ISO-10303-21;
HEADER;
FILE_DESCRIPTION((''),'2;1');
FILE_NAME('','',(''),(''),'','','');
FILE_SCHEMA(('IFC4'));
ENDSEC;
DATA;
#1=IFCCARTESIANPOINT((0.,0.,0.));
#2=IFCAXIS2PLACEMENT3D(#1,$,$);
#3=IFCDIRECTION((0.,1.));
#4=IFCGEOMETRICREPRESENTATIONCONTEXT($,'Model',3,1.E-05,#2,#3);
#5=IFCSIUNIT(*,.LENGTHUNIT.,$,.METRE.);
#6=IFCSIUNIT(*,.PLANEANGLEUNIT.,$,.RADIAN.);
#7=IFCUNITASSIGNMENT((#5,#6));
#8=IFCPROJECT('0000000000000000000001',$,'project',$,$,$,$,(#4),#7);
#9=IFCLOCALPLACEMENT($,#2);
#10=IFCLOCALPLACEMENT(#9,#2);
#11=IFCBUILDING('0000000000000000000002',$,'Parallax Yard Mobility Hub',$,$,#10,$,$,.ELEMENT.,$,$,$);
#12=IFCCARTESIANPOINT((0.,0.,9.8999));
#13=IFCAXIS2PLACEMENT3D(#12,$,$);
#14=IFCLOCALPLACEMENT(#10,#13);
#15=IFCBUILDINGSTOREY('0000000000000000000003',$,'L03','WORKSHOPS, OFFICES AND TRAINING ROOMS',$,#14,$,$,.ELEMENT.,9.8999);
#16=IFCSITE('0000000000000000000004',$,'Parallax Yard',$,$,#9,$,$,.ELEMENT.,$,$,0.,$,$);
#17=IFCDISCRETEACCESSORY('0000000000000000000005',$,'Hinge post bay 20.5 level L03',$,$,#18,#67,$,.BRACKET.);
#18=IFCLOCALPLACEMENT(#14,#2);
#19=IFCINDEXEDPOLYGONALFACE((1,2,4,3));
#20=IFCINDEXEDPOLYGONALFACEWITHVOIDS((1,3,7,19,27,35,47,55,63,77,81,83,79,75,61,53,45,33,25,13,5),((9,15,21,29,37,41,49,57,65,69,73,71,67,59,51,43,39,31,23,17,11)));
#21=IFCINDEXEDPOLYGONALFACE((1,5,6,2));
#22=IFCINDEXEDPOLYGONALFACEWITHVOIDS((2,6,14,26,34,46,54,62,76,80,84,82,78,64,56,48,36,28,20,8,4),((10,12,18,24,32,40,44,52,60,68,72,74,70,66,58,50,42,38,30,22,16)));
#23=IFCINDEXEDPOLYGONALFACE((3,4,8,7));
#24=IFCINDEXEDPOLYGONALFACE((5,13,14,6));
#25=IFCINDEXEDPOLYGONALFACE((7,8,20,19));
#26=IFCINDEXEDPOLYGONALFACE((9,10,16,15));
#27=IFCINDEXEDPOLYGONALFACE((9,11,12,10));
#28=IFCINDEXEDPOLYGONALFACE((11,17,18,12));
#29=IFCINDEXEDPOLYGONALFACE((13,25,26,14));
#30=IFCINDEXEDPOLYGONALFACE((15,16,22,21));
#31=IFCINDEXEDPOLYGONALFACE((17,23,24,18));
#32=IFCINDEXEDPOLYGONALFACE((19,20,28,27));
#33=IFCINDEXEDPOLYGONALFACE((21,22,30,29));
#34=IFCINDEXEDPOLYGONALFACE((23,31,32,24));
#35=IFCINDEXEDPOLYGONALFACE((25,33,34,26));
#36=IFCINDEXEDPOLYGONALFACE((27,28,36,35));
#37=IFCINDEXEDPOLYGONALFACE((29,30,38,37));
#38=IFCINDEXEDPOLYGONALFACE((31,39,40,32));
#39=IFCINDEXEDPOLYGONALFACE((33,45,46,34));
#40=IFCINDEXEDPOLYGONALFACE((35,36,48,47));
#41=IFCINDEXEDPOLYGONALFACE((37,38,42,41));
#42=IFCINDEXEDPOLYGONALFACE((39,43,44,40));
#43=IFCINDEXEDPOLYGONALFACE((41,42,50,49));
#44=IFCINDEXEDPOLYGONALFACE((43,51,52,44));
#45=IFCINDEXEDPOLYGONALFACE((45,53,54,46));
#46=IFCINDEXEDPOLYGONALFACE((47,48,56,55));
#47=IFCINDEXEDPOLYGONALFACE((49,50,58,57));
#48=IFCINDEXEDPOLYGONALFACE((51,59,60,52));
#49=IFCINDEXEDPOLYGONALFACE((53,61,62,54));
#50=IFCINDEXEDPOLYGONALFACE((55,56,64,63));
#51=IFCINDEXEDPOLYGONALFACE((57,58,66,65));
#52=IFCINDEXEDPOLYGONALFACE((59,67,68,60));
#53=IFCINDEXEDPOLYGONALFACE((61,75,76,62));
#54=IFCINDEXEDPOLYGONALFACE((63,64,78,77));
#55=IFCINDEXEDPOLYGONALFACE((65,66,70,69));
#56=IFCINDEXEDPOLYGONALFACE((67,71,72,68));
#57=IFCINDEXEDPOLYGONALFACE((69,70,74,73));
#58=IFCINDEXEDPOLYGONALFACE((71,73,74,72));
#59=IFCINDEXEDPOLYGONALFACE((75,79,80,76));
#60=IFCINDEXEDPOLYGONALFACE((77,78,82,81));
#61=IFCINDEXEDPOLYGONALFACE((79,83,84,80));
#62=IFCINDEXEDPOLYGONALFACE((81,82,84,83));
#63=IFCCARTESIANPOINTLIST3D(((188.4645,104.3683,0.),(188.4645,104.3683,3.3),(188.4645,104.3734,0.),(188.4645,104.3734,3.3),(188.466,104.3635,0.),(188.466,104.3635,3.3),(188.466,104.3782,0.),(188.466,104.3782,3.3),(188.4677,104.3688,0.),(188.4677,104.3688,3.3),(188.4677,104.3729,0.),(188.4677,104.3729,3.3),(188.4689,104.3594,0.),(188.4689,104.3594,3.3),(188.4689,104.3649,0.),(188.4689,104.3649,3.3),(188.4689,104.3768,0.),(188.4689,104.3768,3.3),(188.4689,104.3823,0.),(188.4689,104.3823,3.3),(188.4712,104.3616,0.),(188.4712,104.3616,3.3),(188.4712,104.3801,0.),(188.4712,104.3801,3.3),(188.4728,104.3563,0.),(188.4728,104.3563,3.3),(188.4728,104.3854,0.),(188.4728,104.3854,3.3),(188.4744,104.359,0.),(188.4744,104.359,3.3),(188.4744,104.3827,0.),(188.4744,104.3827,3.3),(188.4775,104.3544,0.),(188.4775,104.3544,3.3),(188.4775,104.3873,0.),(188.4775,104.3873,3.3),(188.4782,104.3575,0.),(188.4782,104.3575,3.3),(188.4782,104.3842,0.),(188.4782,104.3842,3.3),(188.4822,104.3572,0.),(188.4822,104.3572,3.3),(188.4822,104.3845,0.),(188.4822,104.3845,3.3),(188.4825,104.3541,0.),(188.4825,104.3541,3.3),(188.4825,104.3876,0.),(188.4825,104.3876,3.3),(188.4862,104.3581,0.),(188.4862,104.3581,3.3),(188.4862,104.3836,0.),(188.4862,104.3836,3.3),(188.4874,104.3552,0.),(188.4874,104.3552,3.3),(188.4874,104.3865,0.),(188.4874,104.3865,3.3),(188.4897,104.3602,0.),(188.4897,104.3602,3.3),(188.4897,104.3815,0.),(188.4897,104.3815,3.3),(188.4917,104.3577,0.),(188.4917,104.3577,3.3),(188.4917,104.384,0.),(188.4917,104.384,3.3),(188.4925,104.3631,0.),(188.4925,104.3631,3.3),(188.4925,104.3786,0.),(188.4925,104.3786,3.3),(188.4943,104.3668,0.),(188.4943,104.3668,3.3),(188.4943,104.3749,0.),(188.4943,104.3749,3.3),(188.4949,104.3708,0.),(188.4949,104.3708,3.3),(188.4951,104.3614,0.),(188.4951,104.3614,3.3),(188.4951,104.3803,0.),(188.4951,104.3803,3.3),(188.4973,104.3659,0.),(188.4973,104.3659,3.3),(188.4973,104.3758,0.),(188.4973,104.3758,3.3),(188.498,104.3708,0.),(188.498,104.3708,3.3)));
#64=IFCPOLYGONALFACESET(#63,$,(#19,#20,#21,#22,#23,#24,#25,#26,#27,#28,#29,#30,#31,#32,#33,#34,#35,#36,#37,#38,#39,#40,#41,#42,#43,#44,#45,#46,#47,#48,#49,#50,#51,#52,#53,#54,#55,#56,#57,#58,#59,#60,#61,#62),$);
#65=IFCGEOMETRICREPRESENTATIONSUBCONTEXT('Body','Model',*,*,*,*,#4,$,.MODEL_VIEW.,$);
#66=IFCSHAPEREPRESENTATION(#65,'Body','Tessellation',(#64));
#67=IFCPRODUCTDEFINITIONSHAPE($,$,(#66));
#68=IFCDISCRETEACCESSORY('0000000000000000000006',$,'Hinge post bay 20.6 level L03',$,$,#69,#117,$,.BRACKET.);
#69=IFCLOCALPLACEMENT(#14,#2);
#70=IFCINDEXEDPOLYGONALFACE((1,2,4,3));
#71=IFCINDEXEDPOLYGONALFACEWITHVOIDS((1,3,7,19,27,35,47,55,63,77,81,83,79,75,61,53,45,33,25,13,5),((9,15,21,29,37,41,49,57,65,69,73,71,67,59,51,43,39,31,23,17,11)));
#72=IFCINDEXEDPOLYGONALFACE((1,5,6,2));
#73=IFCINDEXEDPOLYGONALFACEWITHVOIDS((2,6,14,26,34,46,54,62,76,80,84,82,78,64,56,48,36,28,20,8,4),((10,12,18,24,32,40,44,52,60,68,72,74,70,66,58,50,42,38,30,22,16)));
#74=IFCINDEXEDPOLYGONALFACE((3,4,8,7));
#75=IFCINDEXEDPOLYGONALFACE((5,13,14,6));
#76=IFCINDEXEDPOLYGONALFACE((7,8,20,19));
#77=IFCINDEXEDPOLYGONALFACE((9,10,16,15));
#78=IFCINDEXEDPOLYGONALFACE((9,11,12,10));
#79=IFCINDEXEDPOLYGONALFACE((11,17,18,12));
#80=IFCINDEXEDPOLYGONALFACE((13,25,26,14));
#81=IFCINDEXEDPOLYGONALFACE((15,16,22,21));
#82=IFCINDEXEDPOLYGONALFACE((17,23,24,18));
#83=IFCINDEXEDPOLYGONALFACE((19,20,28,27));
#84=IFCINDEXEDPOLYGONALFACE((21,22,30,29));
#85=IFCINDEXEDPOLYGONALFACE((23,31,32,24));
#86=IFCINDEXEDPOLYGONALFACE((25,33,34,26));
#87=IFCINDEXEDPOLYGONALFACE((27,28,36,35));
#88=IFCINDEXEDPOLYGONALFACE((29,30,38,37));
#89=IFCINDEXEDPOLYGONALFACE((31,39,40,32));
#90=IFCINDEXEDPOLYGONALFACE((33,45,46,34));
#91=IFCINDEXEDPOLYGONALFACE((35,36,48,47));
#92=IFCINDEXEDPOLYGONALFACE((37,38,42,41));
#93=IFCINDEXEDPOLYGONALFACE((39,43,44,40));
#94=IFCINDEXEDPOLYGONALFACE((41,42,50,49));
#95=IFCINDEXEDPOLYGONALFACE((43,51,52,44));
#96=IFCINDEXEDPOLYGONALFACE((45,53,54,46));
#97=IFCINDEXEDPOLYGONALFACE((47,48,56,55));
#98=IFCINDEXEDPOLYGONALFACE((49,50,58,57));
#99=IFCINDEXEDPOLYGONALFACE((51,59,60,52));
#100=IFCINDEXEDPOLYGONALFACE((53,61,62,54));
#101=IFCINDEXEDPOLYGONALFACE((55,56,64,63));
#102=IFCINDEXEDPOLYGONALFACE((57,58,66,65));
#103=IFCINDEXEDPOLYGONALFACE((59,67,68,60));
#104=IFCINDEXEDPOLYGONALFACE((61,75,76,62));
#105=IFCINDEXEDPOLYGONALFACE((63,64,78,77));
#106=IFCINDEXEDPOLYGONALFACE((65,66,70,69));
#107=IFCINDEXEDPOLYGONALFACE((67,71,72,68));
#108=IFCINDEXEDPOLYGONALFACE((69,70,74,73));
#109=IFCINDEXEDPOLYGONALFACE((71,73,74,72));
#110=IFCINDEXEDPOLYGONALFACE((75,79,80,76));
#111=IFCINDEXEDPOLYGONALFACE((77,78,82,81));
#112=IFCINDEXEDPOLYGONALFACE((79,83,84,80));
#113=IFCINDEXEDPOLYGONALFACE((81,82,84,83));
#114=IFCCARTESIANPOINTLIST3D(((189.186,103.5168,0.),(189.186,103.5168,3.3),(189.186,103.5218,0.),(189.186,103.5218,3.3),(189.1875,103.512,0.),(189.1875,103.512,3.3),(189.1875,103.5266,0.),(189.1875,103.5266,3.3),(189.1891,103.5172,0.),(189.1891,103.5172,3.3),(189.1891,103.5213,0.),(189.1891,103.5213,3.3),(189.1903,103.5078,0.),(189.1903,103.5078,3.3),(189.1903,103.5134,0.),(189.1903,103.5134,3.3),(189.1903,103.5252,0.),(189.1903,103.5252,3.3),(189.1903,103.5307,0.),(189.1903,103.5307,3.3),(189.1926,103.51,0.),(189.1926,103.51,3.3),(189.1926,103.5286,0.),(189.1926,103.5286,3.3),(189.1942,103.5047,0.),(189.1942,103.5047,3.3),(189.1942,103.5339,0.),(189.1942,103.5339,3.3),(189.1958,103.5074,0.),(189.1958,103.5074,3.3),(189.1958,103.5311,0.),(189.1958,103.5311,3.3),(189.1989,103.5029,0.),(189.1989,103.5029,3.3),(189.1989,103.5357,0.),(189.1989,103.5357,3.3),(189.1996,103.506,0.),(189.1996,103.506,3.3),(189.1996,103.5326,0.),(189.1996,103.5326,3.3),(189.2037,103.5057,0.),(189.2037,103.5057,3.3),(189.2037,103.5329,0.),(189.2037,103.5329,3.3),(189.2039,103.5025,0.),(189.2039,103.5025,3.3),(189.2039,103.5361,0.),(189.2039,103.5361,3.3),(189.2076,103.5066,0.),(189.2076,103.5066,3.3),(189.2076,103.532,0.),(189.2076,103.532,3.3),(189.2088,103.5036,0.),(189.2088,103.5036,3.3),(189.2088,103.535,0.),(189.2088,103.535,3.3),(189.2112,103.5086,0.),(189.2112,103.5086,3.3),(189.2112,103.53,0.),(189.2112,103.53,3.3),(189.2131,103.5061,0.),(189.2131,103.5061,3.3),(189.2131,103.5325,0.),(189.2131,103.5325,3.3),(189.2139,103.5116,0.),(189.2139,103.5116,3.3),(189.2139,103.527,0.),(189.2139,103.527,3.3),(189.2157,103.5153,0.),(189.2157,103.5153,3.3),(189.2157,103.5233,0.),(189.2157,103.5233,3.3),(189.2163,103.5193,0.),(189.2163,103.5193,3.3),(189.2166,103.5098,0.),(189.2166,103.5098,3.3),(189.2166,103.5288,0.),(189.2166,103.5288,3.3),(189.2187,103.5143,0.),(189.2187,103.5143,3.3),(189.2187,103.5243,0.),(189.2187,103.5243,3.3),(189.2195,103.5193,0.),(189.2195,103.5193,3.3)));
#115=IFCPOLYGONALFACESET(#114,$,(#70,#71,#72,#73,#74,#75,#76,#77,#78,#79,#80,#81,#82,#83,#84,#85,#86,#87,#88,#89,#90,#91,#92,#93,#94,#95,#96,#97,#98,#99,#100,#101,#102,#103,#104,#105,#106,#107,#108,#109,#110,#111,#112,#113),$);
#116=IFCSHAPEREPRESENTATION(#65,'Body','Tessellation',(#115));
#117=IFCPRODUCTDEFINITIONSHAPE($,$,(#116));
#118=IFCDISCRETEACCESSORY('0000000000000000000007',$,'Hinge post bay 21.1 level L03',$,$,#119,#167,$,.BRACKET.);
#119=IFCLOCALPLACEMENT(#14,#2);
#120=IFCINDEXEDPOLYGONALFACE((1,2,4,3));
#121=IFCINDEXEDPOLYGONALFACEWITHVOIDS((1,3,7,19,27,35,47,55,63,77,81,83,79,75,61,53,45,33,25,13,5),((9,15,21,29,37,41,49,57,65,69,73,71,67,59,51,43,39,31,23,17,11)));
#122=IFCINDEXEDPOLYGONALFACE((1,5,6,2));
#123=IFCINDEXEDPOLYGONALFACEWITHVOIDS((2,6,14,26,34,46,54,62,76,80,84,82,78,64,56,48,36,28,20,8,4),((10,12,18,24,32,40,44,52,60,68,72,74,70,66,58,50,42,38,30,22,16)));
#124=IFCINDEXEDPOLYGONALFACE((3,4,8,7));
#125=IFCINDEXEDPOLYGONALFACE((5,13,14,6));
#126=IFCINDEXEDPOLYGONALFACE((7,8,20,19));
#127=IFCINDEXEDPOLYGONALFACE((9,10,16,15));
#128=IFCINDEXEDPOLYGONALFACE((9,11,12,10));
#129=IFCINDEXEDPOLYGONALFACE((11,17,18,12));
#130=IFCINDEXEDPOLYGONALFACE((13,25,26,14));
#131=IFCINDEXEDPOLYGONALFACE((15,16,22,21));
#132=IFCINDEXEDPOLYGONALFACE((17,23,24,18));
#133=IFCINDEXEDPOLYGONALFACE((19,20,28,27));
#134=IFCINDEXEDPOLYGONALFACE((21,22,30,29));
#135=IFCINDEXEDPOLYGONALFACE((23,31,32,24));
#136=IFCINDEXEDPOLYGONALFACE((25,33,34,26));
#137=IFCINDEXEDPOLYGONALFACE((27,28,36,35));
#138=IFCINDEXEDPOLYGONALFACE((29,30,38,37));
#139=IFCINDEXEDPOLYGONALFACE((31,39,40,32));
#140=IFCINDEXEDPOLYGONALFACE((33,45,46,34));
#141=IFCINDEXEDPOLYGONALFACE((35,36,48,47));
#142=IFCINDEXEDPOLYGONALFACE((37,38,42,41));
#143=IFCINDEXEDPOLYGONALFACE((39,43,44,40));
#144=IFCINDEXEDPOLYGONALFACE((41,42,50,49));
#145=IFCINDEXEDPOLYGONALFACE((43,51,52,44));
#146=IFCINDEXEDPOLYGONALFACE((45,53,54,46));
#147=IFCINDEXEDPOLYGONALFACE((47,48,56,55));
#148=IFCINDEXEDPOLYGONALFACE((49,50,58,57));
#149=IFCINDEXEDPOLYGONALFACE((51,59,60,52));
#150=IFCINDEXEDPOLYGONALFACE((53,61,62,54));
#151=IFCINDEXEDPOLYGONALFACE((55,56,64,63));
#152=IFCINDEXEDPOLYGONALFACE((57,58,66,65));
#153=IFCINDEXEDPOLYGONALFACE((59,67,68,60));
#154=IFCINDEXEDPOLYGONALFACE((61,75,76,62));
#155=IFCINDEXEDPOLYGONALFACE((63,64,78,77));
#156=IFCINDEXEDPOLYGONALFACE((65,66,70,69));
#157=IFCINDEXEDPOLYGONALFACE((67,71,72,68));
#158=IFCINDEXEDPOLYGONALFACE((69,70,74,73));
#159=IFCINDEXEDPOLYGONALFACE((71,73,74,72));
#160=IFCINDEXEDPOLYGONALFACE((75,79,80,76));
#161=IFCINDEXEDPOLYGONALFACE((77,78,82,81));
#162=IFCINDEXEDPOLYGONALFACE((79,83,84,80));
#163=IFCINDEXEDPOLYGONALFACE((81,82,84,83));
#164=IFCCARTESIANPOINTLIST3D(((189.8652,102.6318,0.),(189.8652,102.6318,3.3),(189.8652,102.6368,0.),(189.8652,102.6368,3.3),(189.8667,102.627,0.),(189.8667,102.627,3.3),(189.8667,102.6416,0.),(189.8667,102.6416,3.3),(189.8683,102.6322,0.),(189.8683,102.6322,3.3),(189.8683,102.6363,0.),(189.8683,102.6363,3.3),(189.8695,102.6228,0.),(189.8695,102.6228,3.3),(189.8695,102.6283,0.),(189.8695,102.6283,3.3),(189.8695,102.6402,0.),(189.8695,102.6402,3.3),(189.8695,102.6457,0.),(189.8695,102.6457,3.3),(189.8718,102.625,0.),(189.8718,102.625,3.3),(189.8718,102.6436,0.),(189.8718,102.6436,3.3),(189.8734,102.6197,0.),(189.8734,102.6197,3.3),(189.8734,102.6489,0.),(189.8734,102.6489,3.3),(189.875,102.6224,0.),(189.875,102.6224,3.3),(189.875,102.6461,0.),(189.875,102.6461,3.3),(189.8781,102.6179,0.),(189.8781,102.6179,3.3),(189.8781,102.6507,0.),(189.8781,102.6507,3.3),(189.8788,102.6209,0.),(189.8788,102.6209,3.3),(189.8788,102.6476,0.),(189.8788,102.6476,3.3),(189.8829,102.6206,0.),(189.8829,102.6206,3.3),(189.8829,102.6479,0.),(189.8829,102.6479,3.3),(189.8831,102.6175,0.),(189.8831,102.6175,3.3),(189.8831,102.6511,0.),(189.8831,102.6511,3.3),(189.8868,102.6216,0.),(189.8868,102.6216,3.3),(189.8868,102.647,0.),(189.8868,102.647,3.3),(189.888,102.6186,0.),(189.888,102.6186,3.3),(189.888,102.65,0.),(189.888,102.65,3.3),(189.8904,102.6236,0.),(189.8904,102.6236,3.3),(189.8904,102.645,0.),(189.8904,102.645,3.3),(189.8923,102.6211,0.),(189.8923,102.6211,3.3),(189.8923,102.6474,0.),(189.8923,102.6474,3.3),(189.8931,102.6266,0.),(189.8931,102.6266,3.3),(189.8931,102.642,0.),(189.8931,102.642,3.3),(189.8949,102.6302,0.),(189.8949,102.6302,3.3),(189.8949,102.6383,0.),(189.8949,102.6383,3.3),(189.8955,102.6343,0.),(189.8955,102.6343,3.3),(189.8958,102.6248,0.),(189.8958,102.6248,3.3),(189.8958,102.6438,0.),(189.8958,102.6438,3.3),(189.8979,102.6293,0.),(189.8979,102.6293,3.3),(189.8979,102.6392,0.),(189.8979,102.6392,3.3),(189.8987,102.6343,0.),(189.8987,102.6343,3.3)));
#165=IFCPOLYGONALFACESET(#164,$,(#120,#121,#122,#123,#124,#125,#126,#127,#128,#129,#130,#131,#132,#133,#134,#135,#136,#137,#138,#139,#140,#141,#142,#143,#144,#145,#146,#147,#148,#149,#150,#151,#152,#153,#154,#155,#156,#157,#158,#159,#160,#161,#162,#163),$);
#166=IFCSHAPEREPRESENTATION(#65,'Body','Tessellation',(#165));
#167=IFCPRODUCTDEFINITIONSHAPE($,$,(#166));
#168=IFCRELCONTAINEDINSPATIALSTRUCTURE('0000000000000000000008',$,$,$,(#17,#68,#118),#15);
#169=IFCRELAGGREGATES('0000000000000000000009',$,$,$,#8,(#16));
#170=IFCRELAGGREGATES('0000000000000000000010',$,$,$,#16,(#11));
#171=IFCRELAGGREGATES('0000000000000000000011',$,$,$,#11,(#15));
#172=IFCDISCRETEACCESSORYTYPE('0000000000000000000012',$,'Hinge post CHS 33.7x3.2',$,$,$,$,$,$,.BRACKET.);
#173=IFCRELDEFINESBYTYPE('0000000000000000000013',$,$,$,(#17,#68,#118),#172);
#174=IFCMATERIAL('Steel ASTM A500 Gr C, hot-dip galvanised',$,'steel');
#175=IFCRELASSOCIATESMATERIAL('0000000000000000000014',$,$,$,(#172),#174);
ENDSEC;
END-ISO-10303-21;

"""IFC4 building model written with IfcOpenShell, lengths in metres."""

from ifc_helpers import new_model, si_unit, direction, frame, origin, origin_2d, place, context, subcontext, project, spatial, hollow_circle, extrude, material, material_profile, profile_set, type_object, element, save


model = new_model("IFC4")

# Units and contexts
model_context = context("Model", 3, precision=1e-05, world=origin(), true_north=direction((0.0, 1.0)))
body_context = subcontext(model_context, "Body", "Model", "MODEL_VIEW")
ifc_project = project(units=[si_unit("LENGTHUNIT", "METRE"), si_unit("PLANEANGLEUNIT", "RADIAN")], contexts=[model_context])

# Site, building, storey
site_placement = place(None, origin())
site = spatial("IfcSite", under=ifc_project, at=site_placement, Name="Parallax Yard", CompositionType="ELEMENT", RefElevation=0.0)
building_placement = place(site_placement, origin())
building = spatial("IfcBuilding", under=site, at=building_placement, Name="Parallax Yard Mobility Hub", CompositionType="ELEMENT")
storey_placement = place(building_placement, frame((0.0, 0.0, 9.8999)))
storey = spatial("IfcBuildingStorey", under=building, at=storey_placement, Name="L03", Description="WORKSHOPS, OFFICES AND TRAINING ROOMS", CompositionType="ELEMENT", Elevation=9.8999)

# Discrete accessories
ifc_material_1 = material(Name="Steel ASTM A500 Gr C, hot-dip galvanised", Category="steel")
ifc_material_profile_1 = material_profile(ifc_material_1, hollow_circle(Radius=0.0168, WallThickness=0.0032, at=origin_2d()), Name="CHS 33.7x3.2")
ifc_profile_set_1 = profile_set([ifc_material_profile_1], Name="Steel ASTM A500 Gr C, hot-dip galvanised")
discrete_accessory_type_1 = type_object("IfcDiscreteAccessoryType", Name="Hinge post CHS 33.7x3.2", PredefinedType="BRACKET", material=ifc_profile_set_1)
for number, where, z_axis, x_axis, name in (
    (1, (188.4812, 104.3708, 0.0), (0.0, 0.0, 1.0), (1.0, 0.0, 0.0), "Hinge post bay 20.5 level L03"),
    (2, (189.2026, 103.5193, 0.0), (0.0, 0.0, 1.0), (1.0, 0.0, 0.0), "Hinge post bay 20.6 level L03"),
    (3, (189.8818, 102.6343, 0.0), (0.0, 0.0, 1.0), (1.0, 0.0, 0.0), "Hinge post bay 21.1 level L03"),
):
    element("IfcDiscreteAccessory", number, at=place(storey_placement, frame(where, z_axis=z_axis, x_axis=x_axis)), inside=storey, type_object=discrete_accessory_type_1, Name=name, PredefinedType="BRACKET", context=body_context, shape_type="SweptSolid", body=[
        extrude(hollow_circle(Radius=0.0168, WallThickness=0.0032, at=origin_2d()), origin(), (0.0, 0.0, 1.0), 3.3),
    ])

save(model, "model.ifc")
